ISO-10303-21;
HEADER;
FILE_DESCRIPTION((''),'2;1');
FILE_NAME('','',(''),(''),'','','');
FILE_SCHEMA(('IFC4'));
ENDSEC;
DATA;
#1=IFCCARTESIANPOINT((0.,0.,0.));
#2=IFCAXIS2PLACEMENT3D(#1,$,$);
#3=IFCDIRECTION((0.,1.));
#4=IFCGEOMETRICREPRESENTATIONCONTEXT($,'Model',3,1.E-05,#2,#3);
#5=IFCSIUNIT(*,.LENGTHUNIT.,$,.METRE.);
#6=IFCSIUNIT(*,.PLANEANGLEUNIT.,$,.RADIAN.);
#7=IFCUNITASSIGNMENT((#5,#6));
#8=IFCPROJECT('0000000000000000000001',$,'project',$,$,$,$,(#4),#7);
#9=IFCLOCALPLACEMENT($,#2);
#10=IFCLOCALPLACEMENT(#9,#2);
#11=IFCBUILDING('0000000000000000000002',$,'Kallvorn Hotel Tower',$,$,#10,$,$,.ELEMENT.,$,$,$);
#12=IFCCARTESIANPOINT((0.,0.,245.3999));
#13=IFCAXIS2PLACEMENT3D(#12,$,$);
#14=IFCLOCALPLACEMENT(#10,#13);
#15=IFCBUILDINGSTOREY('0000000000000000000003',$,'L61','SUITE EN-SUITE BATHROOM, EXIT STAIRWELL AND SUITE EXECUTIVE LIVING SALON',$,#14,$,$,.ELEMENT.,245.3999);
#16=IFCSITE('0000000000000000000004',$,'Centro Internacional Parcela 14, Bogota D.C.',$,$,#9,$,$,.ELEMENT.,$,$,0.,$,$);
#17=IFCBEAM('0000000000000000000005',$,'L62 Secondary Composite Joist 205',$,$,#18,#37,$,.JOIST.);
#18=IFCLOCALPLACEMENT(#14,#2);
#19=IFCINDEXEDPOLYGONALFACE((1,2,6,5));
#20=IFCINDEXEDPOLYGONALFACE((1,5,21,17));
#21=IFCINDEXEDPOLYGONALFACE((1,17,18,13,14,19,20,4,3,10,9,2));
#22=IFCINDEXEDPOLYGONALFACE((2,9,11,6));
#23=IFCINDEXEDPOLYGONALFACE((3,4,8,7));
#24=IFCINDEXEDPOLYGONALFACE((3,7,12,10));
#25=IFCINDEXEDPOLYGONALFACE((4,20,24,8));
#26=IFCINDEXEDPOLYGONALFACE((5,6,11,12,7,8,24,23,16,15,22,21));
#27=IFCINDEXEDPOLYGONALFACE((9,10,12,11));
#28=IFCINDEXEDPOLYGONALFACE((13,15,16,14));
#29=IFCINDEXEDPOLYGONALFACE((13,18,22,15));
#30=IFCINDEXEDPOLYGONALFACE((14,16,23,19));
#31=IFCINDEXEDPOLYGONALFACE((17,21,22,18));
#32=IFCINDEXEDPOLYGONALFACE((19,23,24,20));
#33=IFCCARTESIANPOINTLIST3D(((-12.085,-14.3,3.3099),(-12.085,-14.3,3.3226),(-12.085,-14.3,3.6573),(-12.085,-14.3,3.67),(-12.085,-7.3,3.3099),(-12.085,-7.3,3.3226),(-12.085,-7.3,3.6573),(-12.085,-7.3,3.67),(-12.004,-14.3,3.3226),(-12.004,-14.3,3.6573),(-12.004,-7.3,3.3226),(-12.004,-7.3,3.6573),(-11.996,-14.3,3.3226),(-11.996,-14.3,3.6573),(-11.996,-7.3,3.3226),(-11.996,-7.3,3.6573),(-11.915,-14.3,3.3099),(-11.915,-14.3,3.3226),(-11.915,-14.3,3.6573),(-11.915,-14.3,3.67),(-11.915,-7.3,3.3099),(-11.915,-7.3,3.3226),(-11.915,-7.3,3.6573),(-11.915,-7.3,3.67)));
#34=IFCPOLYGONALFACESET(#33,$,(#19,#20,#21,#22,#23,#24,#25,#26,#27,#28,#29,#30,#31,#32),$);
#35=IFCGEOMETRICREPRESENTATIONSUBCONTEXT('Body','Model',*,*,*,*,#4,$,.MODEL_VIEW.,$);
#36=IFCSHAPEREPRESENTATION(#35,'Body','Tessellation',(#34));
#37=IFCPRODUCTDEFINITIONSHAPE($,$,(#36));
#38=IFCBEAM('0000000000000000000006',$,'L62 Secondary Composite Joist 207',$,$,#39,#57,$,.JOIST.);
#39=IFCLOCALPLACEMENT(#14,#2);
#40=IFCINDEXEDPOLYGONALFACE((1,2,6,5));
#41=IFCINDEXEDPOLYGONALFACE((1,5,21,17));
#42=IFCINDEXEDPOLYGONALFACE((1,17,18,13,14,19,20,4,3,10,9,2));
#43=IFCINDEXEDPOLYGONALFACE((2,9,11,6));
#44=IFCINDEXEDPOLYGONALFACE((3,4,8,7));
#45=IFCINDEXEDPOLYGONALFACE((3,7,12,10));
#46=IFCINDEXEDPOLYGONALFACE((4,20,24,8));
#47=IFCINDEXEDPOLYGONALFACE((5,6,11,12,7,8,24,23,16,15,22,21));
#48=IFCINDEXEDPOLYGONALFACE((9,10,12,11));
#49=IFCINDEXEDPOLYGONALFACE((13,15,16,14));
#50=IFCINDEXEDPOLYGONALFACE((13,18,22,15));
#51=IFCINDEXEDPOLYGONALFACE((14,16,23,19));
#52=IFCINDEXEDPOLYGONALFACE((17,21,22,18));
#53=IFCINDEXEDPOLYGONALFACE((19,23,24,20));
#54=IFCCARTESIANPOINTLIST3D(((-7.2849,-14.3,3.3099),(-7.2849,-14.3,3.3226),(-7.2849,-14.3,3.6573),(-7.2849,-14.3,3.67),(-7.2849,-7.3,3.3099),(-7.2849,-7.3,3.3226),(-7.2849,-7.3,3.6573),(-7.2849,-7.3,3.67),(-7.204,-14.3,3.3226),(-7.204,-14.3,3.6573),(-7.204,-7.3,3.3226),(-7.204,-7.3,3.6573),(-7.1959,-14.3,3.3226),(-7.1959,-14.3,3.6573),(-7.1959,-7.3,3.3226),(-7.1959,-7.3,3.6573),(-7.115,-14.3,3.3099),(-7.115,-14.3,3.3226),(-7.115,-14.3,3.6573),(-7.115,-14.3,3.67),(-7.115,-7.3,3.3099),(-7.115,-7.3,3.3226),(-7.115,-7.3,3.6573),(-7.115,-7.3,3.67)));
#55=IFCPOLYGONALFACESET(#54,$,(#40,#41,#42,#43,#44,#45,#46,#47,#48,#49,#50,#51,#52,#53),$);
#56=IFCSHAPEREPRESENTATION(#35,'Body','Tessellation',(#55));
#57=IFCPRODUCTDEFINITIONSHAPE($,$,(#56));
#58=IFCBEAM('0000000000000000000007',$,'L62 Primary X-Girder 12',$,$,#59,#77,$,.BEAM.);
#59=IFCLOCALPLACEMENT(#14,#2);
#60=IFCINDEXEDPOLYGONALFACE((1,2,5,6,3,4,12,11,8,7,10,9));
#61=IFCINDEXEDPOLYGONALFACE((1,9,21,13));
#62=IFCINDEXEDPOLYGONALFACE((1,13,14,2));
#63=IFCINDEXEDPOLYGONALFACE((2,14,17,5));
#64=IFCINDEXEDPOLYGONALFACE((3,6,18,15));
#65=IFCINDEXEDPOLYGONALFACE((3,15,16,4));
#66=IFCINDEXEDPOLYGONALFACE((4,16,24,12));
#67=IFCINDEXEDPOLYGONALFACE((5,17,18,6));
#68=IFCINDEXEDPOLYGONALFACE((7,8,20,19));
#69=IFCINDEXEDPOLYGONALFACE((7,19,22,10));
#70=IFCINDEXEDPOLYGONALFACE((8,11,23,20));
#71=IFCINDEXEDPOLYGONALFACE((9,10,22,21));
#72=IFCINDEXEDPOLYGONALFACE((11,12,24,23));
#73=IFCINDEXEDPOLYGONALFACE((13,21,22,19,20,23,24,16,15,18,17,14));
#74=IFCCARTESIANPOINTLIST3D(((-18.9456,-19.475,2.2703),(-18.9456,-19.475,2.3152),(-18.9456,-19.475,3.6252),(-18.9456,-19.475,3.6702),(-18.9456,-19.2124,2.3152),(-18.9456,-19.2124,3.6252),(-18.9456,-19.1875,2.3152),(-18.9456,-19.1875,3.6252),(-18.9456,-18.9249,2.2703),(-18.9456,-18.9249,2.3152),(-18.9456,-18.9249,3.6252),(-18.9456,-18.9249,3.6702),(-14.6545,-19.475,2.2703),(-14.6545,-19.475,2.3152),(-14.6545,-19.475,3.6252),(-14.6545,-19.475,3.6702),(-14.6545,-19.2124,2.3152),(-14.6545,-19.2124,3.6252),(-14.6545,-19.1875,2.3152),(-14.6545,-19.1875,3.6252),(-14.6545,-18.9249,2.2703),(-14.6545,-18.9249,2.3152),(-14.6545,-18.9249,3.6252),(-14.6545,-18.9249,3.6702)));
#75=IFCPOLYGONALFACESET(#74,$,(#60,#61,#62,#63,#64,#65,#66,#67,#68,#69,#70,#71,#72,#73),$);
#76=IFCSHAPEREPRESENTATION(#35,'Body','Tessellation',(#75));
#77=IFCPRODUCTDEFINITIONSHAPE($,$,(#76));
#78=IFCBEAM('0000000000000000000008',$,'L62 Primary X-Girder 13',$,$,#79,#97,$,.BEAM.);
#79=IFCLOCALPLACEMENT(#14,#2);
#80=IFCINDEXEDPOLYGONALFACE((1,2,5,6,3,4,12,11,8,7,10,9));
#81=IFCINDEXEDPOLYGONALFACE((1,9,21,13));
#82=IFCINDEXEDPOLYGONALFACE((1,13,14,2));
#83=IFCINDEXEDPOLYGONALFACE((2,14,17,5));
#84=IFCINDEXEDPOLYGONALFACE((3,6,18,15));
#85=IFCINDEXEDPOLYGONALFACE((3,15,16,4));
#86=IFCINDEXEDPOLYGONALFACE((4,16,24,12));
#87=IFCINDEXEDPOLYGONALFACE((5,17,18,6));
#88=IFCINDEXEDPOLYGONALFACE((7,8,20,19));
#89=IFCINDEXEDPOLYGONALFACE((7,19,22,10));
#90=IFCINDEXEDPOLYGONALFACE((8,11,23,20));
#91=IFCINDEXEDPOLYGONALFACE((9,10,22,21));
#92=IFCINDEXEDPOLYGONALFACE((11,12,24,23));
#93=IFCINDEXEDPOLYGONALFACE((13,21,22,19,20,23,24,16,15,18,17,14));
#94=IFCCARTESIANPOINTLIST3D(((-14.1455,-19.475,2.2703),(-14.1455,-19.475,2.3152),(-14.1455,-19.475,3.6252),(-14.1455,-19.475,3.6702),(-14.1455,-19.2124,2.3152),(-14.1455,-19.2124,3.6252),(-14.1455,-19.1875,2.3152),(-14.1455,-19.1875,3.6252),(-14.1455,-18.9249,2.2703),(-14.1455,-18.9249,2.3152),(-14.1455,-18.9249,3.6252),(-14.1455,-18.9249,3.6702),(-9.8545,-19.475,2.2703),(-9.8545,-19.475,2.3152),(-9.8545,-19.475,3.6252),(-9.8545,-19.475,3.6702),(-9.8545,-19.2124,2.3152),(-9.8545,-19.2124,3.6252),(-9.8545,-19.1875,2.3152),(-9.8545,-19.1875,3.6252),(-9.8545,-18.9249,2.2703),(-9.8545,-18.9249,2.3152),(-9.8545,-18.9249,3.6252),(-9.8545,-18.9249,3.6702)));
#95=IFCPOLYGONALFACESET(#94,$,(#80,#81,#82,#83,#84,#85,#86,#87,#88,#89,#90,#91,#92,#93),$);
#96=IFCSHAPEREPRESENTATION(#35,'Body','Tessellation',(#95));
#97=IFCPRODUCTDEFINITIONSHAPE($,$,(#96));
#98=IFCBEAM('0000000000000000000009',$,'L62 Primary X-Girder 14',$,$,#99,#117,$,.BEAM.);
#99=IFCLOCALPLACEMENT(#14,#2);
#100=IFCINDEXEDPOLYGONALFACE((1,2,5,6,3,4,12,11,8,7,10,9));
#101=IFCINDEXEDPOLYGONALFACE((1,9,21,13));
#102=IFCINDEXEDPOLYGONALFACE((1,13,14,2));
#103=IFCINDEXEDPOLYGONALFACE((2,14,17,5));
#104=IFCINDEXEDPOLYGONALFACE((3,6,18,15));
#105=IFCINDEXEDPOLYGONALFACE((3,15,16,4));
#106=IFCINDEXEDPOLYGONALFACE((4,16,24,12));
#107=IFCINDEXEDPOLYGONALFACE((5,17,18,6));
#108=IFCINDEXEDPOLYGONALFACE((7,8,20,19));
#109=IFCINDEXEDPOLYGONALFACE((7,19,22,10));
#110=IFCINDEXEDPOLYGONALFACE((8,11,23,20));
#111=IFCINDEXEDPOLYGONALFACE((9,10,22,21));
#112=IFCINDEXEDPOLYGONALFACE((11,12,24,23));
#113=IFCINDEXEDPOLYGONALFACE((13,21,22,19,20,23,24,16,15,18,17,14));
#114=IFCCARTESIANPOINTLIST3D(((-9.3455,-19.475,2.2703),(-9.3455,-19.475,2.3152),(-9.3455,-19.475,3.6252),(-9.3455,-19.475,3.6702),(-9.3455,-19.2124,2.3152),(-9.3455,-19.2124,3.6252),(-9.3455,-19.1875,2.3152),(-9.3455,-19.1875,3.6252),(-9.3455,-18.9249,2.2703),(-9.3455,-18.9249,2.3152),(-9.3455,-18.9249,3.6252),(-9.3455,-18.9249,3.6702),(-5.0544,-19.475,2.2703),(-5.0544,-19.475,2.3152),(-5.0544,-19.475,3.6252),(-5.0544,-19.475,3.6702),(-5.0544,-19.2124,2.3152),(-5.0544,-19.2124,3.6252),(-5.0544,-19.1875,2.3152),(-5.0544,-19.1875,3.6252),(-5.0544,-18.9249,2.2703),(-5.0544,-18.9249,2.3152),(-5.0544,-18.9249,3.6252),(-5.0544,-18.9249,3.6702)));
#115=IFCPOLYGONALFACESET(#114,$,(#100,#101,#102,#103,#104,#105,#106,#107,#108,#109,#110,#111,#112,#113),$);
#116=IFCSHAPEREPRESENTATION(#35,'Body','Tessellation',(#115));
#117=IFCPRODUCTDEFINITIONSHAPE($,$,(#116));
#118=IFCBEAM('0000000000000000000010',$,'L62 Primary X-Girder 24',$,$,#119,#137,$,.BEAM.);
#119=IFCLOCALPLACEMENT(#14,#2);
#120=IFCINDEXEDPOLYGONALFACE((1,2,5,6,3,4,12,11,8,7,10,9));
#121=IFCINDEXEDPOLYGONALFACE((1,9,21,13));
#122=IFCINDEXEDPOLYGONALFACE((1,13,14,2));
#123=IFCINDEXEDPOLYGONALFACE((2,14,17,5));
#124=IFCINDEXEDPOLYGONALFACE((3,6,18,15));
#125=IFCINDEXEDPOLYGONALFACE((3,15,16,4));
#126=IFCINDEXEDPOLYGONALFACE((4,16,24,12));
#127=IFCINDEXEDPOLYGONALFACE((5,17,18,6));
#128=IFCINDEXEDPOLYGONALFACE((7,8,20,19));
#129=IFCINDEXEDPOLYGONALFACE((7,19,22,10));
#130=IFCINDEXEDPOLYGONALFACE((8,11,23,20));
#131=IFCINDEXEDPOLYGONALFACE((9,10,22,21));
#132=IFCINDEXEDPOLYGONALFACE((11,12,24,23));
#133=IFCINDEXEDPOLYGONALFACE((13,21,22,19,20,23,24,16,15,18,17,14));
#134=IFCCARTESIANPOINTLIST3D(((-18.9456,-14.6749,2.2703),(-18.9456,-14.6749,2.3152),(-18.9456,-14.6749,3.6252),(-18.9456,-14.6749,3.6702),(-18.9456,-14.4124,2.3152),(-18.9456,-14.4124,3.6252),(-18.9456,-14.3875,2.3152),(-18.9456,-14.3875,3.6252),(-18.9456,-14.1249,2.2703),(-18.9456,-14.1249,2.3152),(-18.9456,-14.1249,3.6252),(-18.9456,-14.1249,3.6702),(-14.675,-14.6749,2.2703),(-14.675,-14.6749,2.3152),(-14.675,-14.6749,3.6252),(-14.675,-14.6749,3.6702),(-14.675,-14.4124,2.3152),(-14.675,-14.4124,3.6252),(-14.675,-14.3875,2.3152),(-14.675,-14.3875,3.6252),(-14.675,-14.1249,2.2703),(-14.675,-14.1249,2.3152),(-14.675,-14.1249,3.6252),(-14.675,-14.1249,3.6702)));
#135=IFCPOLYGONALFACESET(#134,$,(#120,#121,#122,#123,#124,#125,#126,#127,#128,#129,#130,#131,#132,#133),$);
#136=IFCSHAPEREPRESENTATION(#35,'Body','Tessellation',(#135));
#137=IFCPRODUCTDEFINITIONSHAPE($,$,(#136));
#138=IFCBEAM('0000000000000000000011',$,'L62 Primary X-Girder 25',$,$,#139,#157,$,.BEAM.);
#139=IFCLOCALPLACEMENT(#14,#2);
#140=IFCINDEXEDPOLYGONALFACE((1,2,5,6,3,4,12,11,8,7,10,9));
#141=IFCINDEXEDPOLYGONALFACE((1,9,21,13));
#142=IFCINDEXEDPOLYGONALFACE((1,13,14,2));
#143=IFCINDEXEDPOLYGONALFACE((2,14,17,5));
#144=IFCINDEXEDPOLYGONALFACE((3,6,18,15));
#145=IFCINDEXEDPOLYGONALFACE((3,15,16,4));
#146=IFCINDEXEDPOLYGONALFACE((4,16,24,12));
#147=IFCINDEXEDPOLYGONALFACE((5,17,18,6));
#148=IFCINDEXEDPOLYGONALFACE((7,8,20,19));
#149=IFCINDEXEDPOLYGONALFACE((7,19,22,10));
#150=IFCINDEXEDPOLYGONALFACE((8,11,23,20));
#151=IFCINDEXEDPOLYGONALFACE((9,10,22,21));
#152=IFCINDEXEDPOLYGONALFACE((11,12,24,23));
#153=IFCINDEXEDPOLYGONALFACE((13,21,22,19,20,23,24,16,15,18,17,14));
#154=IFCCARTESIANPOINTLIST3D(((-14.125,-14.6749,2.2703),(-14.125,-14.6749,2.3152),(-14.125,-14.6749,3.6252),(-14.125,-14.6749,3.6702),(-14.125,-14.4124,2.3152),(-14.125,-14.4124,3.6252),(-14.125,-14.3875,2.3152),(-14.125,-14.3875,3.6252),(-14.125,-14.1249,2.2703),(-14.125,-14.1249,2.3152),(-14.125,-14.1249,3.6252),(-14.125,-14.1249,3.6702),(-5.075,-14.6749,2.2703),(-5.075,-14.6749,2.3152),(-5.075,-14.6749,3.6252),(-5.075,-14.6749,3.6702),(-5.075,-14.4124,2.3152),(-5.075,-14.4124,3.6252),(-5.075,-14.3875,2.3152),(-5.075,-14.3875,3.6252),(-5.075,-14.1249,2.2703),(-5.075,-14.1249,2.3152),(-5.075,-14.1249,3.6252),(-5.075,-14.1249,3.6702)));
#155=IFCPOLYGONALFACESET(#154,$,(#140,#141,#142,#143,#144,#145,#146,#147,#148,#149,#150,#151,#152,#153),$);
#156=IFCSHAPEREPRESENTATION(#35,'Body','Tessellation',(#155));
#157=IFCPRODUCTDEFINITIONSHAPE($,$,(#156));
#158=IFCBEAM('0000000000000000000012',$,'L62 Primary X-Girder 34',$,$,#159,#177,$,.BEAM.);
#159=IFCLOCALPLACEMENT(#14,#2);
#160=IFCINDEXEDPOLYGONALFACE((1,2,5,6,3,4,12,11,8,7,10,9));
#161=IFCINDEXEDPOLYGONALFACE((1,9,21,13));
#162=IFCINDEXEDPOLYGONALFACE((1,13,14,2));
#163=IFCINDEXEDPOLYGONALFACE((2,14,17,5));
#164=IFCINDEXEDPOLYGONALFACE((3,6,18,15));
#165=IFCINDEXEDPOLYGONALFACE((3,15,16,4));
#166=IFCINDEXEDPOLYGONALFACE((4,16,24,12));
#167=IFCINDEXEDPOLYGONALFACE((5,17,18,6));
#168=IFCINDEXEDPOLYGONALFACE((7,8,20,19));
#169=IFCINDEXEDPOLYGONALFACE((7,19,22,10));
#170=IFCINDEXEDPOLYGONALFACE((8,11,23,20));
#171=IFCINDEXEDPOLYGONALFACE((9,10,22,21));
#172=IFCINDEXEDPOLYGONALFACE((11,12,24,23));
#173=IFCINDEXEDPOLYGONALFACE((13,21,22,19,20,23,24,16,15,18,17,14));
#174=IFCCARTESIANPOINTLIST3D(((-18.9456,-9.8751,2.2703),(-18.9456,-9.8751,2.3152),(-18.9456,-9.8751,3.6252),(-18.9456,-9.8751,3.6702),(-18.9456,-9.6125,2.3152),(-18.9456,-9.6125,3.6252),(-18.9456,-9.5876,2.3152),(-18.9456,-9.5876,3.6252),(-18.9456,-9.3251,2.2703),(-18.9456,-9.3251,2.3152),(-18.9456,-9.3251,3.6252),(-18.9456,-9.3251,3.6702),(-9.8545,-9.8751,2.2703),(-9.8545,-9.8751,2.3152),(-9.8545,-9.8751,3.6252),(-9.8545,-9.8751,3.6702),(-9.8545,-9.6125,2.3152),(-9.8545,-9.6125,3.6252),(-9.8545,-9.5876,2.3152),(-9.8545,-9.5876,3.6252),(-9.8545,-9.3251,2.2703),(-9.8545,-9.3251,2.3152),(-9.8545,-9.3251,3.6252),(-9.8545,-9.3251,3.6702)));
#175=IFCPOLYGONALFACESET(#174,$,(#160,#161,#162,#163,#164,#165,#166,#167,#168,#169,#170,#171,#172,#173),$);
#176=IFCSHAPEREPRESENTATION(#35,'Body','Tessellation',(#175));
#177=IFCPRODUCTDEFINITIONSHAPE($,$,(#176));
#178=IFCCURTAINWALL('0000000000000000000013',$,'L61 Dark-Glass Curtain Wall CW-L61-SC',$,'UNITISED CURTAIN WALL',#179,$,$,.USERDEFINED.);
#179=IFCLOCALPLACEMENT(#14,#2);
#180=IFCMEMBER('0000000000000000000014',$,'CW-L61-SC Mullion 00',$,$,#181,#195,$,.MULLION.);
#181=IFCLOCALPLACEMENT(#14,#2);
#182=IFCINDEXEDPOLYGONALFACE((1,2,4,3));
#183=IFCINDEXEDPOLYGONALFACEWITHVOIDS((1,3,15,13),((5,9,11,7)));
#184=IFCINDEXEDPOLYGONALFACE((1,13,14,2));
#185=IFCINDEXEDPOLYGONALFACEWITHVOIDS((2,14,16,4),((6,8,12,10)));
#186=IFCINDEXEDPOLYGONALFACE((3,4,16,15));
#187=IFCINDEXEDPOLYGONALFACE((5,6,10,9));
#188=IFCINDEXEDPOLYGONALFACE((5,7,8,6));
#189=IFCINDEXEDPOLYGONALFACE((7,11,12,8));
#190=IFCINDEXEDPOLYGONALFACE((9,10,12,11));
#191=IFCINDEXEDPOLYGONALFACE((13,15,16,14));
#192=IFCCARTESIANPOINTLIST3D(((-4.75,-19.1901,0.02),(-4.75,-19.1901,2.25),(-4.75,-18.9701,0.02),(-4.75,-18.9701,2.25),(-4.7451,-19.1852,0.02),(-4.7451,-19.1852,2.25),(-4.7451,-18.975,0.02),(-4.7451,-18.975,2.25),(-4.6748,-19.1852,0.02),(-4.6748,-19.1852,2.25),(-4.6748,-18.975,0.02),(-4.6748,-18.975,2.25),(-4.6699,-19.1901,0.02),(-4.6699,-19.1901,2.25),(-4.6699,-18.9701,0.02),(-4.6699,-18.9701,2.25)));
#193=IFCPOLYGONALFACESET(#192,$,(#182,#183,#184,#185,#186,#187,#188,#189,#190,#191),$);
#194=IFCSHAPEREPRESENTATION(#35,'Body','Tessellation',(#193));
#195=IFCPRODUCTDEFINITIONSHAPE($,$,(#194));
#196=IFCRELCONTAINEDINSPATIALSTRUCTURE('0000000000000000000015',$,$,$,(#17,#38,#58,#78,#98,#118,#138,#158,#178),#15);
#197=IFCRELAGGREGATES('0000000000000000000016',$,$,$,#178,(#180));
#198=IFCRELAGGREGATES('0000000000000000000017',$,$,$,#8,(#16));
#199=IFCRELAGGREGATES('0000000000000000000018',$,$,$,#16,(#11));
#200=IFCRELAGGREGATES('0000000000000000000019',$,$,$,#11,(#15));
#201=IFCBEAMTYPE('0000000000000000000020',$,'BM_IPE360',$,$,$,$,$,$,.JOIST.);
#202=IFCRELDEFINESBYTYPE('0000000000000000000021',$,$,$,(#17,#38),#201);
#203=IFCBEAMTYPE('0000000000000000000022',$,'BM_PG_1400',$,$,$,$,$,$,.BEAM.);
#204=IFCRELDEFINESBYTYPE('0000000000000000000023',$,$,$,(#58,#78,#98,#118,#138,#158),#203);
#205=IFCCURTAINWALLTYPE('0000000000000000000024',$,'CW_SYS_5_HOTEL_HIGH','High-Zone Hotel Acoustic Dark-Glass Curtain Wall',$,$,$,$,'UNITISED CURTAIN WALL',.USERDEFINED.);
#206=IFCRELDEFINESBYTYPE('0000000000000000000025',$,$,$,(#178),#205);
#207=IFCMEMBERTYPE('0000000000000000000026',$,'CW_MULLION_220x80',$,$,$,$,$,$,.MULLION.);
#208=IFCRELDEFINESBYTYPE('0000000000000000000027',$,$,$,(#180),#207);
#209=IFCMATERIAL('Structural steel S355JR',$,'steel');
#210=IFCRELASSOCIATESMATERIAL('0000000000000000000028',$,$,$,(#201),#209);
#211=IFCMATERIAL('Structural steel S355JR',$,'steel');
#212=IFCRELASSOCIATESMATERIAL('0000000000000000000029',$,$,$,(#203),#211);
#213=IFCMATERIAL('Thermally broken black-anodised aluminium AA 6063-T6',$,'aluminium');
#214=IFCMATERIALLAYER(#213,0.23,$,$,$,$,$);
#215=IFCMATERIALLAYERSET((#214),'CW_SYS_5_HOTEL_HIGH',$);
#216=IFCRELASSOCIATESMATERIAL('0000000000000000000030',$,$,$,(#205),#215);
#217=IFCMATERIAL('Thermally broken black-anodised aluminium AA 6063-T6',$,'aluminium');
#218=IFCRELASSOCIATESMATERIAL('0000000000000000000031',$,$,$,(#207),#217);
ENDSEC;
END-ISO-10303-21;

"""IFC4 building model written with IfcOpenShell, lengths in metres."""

from ifc_helpers import new_model, si_unit, direction, frame, origin, origin_2d, place, context, subcontext, project, spatial, hollow_rectangle, i_section, extrude, material, layer, layer_set, material_profile, profile_set, type_object, element, aggregate, save


model = new_model("IFC4")

# Units and contexts
model_context = context("Model", 3, precision=1e-05, world=origin(), true_north=direction((0.0, 1.0)))
body_context = subcontext(model_context, "Body", "Model", "MODEL_VIEW")
ifc_project = project(units=[si_unit("LENGTHUNIT", "METRE"), si_unit("PLANEANGLEUNIT", "RADIAN")], contexts=[model_context])

# Site, building, storey
site_placement = place(None, origin())
site = spatial("IfcSite", under=ifc_project, at=site_placement, Name="Centro Internacional Parcela 14, Bogota D.C.", CompositionType="ELEMENT", RefElevation=0.0)
building_placement = place(site_placement, origin())
building = spatial("IfcBuilding", under=site, at=building_placement, Name="Kallvorn Hotel Tower", CompositionType="ELEMENT")
storey_placement = place(building_placement, frame((0.0, 0.0, 245.3999)))
storey = spatial("IfcBuildingStorey", under=building, at=storey_placement, Name="L61", Description="SUITE EN-SUITE BATHROOM, EXIT STAIRWELL AND SUITE EXECUTIVE LIVING SALON", CompositionType="ELEMENT", Elevation=245.3999)

# Beams
ifc_material_1 = material(Name="Structural steel S355JR", Category="steel")
ifc_material_profile_1 = material_profile(ifc_material_1, i_section(OverallWidth=0.1699, OverallDepth=0.3601, WebThickness=0.0081, FlangeThickness=0.0127, at=origin_2d()), Name="IPE 360")
ifc_profile_set_1 = profile_set([ifc_material_profile_1], Name="Structural steel S355JR")
beam_type_1 = type_object("IfcBeamType", Name="BM_IPE360", PredefinedType="JOIST", material=ifc_profile_set_1)
for number, where, z_axis, x_axis, name in (
    (1, (-12.0, -14.3, 3.49), (0.0, 1.0, 0.0), (-1.0, 0.0, 0.0), "L62 Secondary Composite Joist 205"),
    (2, (-7.2, -14.3, 3.49), (0.0, 1.0, 0.0), (-1.0, 0.0, 0.0), "L62 Secondary Composite Joist 207"),
):
    element("IfcBeam", number, at=place(storey_placement, frame(where, z_axis=z_axis, x_axis=x_axis)), inside=storey, type_object=beam_type_1, Name=name, PredefinedType="JOIST", context=body_context, shape_type="SweptSolid", body=[
        extrude(i_section(OverallWidth=0.1699, OverallDepth=0.3601, WebThickness=0.0081, FlangeThickness=0.0127, at=origin_2d()), origin(), (0.0, 0.0, 1.0), 7.0),
    ])
ifc_material_2 = material(Name="Structural steel S355JR", Category="steel")
ifc_material_profile_2 = material_profile(ifc_material_2, i_section(OverallWidth=0.55, OverallDepth=1.3999, WebThickness=0.0249, FlangeThickness=0.0449, at=origin_2d()), Name="PG 1400x550x25x45")
ifc_profile_set_2 = profile_set([ifc_material_profile_2], Name="Structural steel S355JR")
beam_type_2 = type_object("IfcBeamType", Name="BM_PG_1400", PredefinedType="BEAM", material=ifc_profile_set_2)
for number, where, z_axis, x_axis, name in (
    (3, (-18.9456, -19.2, 2.9702), (1.0, 0.0, 0.0), (0.0, 1.0, 0.0), "L62 Primary X-Girder 12"),
    (4, (-14.1455, -19.2, 2.9702), (1.0, 0.0, 0.0), (0.0, 1.0, 0.0), "L62 Primary X-Girder 13"),
    (5, (-9.3455, -19.2, 2.9702), (1.0, 0.0, 0.0), (0.0, 1.0, 0.0), "L62 Primary X-Girder 14"),
):
    element("IfcBeam", number, at=place(storey_placement, frame(where, z_axis=z_axis, x_axis=x_axis)), inside=storey, type_object=beam_type_2, Name=name, PredefinedType="BEAM", context=body_context, shape_type="SweptSolid", body=[
        extrude(i_section(OverallWidth=0.55, OverallDepth=1.3999, WebThickness=0.0249, FlangeThickness=0.0449, at=origin_2d()), origin(), (0.0, 0.0, 1.0), 4.291),
    ])
beam_1_placement = place(storey_placement, frame((-18.9456, -14.3999, 2.9702), z_axis=(1.0, 0.0, 0.0), x_axis=(0.0, 1.0, 0.0)))
element("IfcBeam", 6, at=beam_1_placement, inside=storey, type_object=beam_type_2, Name="L62 Primary X-Girder 24", PredefinedType="BEAM", context=body_context, shape_type="SweptSolid", body=[
    extrude(i_section(OverallWidth=0.55, OverallDepth=1.3999, WebThickness=0.0249, FlangeThickness=0.0449, at=origin_2d()), origin(), (0.0, 0.0, 1.0), 4.2705),
])
beam_2_placement = place(storey_placement, frame((-14.125, -14.3999, 2.9702), z_axis=(1.0, 0.0, 0.0), x_axis=(0.0, 1.0, 0.0)))
element("IfcBeam", 7, at=beam_2_placement, inside=storey, type_object=beam_type_2, Name="L62 Primary X-Girder 25", PredefinedType="BEAM", context=body_context, shape_type="SweptSolid", body=[
    extrude(i_section(OverallWidth=0.55, OverallDepth=1.3999, WebThickness=0.0249, FlangeThickness=0.0449, at=origin_2d()), origin(), (0.0, 0.0, 1.0), 9.05),
])
beam_3_placement = place(storey_placement, frame((-18.9456, -9.6001, 2.9702), z_axis=(1.0, 0.0, 0.0), x_axis=(0.0, 1.0, 0.0)))
element("IfcBeam", 8, at=beam_3_placement, inside=storey, type_object=beam_type_2, Name="L62 Primary X-Girder 34", PredefinedType="BEAM", context=body_context, shape_type="SweptSolid", body=[
    extrude(i_section(OverallWidth=0.55, OverallDepth=1.3999, WebThickness=0.0249, FlangeThickness=0.0449, at=origin_2d()), origin(), (0.0, 0.0, 1.0), 9.0911),
])

# Curtain wall, member
ifc_material_3 = material(Name="Thermally broken black-anodised aluminium AA 6063-T6", Category="aluminium")
ifc_layer_1 = layer(ifc_material_3, 0.23)
ifc_layer_set_1 = layer_set([ifc_layer_1], Name="CW_SYS_5_HOTEL_HIGH")
curtain_wall_type = type_object("IfcCurtainWallType", Name="CW_SYS_5_HOTEL_HIGH", Description="High-Zone Hotel Acoustic Dark-Glass Curtain Wall", ElementType="UNITISED CURTAIN WALL", PredefinedType="USERDEFINED", material=ifc_layer_set_1)
curtain_wall_placement = place(storey_placement, origin())
curtain_wall = element("IfcCurtainWall", 9, at=curtain_wall_placement, inside=storey, type_object=curtain_wall_type, Name="L61 Dark-Glass Curtain Wall CW-L61-SC", ObjectType="UNITISED CURTAIN WALL", PredefinedType="USERDEFINED")
ifc_material_4 = material(Name="Thermally broken black-anodised aluminium AA 6063-T6", Category="aluminium")
ifc_material_profile_3 = material_profile(ifc_material_4, hollow_rectangle(XDim=0.0801, YDim=0.22, WallThickness=0.0049, at=origin_2d()), Name="MUL 220x80")
ifc_profile_set_3 = profile_set([ifc_material_profile_3], Name="Thermally broken black-anodised aluminium AA 6063-T6")
member_type_1 = type_object("IfcMemberType", Name="CW_MULLION_220x80", PredefinedType="MULLION", material=ifc_profile_set_3)
member_1_placement = place(storey_placement, frame((-4.71, -19.0801, 0.02), z_axis=(0.0, 0.0, 1.0), x_axis=(1.0, 0.0, 0.0)))
member_1 = element("IfcMember", 10, at=member_1_placement, type_object=member_type_1, Name="CW-L61-SC Mullion 00", PredefinedType="MULLION", context=body_context, shape_type="SweptSolid", body=[
    extrude(hollow_rectangle(XDim=0.0801, YDim=0.22, WallThickness=0.0049, at=origin_2d()), origin(), (0.0, 0.0, 1.0), 2.23),
])
aggregate(curtain_wall, [member_1])

save(model, "model.ifc")
